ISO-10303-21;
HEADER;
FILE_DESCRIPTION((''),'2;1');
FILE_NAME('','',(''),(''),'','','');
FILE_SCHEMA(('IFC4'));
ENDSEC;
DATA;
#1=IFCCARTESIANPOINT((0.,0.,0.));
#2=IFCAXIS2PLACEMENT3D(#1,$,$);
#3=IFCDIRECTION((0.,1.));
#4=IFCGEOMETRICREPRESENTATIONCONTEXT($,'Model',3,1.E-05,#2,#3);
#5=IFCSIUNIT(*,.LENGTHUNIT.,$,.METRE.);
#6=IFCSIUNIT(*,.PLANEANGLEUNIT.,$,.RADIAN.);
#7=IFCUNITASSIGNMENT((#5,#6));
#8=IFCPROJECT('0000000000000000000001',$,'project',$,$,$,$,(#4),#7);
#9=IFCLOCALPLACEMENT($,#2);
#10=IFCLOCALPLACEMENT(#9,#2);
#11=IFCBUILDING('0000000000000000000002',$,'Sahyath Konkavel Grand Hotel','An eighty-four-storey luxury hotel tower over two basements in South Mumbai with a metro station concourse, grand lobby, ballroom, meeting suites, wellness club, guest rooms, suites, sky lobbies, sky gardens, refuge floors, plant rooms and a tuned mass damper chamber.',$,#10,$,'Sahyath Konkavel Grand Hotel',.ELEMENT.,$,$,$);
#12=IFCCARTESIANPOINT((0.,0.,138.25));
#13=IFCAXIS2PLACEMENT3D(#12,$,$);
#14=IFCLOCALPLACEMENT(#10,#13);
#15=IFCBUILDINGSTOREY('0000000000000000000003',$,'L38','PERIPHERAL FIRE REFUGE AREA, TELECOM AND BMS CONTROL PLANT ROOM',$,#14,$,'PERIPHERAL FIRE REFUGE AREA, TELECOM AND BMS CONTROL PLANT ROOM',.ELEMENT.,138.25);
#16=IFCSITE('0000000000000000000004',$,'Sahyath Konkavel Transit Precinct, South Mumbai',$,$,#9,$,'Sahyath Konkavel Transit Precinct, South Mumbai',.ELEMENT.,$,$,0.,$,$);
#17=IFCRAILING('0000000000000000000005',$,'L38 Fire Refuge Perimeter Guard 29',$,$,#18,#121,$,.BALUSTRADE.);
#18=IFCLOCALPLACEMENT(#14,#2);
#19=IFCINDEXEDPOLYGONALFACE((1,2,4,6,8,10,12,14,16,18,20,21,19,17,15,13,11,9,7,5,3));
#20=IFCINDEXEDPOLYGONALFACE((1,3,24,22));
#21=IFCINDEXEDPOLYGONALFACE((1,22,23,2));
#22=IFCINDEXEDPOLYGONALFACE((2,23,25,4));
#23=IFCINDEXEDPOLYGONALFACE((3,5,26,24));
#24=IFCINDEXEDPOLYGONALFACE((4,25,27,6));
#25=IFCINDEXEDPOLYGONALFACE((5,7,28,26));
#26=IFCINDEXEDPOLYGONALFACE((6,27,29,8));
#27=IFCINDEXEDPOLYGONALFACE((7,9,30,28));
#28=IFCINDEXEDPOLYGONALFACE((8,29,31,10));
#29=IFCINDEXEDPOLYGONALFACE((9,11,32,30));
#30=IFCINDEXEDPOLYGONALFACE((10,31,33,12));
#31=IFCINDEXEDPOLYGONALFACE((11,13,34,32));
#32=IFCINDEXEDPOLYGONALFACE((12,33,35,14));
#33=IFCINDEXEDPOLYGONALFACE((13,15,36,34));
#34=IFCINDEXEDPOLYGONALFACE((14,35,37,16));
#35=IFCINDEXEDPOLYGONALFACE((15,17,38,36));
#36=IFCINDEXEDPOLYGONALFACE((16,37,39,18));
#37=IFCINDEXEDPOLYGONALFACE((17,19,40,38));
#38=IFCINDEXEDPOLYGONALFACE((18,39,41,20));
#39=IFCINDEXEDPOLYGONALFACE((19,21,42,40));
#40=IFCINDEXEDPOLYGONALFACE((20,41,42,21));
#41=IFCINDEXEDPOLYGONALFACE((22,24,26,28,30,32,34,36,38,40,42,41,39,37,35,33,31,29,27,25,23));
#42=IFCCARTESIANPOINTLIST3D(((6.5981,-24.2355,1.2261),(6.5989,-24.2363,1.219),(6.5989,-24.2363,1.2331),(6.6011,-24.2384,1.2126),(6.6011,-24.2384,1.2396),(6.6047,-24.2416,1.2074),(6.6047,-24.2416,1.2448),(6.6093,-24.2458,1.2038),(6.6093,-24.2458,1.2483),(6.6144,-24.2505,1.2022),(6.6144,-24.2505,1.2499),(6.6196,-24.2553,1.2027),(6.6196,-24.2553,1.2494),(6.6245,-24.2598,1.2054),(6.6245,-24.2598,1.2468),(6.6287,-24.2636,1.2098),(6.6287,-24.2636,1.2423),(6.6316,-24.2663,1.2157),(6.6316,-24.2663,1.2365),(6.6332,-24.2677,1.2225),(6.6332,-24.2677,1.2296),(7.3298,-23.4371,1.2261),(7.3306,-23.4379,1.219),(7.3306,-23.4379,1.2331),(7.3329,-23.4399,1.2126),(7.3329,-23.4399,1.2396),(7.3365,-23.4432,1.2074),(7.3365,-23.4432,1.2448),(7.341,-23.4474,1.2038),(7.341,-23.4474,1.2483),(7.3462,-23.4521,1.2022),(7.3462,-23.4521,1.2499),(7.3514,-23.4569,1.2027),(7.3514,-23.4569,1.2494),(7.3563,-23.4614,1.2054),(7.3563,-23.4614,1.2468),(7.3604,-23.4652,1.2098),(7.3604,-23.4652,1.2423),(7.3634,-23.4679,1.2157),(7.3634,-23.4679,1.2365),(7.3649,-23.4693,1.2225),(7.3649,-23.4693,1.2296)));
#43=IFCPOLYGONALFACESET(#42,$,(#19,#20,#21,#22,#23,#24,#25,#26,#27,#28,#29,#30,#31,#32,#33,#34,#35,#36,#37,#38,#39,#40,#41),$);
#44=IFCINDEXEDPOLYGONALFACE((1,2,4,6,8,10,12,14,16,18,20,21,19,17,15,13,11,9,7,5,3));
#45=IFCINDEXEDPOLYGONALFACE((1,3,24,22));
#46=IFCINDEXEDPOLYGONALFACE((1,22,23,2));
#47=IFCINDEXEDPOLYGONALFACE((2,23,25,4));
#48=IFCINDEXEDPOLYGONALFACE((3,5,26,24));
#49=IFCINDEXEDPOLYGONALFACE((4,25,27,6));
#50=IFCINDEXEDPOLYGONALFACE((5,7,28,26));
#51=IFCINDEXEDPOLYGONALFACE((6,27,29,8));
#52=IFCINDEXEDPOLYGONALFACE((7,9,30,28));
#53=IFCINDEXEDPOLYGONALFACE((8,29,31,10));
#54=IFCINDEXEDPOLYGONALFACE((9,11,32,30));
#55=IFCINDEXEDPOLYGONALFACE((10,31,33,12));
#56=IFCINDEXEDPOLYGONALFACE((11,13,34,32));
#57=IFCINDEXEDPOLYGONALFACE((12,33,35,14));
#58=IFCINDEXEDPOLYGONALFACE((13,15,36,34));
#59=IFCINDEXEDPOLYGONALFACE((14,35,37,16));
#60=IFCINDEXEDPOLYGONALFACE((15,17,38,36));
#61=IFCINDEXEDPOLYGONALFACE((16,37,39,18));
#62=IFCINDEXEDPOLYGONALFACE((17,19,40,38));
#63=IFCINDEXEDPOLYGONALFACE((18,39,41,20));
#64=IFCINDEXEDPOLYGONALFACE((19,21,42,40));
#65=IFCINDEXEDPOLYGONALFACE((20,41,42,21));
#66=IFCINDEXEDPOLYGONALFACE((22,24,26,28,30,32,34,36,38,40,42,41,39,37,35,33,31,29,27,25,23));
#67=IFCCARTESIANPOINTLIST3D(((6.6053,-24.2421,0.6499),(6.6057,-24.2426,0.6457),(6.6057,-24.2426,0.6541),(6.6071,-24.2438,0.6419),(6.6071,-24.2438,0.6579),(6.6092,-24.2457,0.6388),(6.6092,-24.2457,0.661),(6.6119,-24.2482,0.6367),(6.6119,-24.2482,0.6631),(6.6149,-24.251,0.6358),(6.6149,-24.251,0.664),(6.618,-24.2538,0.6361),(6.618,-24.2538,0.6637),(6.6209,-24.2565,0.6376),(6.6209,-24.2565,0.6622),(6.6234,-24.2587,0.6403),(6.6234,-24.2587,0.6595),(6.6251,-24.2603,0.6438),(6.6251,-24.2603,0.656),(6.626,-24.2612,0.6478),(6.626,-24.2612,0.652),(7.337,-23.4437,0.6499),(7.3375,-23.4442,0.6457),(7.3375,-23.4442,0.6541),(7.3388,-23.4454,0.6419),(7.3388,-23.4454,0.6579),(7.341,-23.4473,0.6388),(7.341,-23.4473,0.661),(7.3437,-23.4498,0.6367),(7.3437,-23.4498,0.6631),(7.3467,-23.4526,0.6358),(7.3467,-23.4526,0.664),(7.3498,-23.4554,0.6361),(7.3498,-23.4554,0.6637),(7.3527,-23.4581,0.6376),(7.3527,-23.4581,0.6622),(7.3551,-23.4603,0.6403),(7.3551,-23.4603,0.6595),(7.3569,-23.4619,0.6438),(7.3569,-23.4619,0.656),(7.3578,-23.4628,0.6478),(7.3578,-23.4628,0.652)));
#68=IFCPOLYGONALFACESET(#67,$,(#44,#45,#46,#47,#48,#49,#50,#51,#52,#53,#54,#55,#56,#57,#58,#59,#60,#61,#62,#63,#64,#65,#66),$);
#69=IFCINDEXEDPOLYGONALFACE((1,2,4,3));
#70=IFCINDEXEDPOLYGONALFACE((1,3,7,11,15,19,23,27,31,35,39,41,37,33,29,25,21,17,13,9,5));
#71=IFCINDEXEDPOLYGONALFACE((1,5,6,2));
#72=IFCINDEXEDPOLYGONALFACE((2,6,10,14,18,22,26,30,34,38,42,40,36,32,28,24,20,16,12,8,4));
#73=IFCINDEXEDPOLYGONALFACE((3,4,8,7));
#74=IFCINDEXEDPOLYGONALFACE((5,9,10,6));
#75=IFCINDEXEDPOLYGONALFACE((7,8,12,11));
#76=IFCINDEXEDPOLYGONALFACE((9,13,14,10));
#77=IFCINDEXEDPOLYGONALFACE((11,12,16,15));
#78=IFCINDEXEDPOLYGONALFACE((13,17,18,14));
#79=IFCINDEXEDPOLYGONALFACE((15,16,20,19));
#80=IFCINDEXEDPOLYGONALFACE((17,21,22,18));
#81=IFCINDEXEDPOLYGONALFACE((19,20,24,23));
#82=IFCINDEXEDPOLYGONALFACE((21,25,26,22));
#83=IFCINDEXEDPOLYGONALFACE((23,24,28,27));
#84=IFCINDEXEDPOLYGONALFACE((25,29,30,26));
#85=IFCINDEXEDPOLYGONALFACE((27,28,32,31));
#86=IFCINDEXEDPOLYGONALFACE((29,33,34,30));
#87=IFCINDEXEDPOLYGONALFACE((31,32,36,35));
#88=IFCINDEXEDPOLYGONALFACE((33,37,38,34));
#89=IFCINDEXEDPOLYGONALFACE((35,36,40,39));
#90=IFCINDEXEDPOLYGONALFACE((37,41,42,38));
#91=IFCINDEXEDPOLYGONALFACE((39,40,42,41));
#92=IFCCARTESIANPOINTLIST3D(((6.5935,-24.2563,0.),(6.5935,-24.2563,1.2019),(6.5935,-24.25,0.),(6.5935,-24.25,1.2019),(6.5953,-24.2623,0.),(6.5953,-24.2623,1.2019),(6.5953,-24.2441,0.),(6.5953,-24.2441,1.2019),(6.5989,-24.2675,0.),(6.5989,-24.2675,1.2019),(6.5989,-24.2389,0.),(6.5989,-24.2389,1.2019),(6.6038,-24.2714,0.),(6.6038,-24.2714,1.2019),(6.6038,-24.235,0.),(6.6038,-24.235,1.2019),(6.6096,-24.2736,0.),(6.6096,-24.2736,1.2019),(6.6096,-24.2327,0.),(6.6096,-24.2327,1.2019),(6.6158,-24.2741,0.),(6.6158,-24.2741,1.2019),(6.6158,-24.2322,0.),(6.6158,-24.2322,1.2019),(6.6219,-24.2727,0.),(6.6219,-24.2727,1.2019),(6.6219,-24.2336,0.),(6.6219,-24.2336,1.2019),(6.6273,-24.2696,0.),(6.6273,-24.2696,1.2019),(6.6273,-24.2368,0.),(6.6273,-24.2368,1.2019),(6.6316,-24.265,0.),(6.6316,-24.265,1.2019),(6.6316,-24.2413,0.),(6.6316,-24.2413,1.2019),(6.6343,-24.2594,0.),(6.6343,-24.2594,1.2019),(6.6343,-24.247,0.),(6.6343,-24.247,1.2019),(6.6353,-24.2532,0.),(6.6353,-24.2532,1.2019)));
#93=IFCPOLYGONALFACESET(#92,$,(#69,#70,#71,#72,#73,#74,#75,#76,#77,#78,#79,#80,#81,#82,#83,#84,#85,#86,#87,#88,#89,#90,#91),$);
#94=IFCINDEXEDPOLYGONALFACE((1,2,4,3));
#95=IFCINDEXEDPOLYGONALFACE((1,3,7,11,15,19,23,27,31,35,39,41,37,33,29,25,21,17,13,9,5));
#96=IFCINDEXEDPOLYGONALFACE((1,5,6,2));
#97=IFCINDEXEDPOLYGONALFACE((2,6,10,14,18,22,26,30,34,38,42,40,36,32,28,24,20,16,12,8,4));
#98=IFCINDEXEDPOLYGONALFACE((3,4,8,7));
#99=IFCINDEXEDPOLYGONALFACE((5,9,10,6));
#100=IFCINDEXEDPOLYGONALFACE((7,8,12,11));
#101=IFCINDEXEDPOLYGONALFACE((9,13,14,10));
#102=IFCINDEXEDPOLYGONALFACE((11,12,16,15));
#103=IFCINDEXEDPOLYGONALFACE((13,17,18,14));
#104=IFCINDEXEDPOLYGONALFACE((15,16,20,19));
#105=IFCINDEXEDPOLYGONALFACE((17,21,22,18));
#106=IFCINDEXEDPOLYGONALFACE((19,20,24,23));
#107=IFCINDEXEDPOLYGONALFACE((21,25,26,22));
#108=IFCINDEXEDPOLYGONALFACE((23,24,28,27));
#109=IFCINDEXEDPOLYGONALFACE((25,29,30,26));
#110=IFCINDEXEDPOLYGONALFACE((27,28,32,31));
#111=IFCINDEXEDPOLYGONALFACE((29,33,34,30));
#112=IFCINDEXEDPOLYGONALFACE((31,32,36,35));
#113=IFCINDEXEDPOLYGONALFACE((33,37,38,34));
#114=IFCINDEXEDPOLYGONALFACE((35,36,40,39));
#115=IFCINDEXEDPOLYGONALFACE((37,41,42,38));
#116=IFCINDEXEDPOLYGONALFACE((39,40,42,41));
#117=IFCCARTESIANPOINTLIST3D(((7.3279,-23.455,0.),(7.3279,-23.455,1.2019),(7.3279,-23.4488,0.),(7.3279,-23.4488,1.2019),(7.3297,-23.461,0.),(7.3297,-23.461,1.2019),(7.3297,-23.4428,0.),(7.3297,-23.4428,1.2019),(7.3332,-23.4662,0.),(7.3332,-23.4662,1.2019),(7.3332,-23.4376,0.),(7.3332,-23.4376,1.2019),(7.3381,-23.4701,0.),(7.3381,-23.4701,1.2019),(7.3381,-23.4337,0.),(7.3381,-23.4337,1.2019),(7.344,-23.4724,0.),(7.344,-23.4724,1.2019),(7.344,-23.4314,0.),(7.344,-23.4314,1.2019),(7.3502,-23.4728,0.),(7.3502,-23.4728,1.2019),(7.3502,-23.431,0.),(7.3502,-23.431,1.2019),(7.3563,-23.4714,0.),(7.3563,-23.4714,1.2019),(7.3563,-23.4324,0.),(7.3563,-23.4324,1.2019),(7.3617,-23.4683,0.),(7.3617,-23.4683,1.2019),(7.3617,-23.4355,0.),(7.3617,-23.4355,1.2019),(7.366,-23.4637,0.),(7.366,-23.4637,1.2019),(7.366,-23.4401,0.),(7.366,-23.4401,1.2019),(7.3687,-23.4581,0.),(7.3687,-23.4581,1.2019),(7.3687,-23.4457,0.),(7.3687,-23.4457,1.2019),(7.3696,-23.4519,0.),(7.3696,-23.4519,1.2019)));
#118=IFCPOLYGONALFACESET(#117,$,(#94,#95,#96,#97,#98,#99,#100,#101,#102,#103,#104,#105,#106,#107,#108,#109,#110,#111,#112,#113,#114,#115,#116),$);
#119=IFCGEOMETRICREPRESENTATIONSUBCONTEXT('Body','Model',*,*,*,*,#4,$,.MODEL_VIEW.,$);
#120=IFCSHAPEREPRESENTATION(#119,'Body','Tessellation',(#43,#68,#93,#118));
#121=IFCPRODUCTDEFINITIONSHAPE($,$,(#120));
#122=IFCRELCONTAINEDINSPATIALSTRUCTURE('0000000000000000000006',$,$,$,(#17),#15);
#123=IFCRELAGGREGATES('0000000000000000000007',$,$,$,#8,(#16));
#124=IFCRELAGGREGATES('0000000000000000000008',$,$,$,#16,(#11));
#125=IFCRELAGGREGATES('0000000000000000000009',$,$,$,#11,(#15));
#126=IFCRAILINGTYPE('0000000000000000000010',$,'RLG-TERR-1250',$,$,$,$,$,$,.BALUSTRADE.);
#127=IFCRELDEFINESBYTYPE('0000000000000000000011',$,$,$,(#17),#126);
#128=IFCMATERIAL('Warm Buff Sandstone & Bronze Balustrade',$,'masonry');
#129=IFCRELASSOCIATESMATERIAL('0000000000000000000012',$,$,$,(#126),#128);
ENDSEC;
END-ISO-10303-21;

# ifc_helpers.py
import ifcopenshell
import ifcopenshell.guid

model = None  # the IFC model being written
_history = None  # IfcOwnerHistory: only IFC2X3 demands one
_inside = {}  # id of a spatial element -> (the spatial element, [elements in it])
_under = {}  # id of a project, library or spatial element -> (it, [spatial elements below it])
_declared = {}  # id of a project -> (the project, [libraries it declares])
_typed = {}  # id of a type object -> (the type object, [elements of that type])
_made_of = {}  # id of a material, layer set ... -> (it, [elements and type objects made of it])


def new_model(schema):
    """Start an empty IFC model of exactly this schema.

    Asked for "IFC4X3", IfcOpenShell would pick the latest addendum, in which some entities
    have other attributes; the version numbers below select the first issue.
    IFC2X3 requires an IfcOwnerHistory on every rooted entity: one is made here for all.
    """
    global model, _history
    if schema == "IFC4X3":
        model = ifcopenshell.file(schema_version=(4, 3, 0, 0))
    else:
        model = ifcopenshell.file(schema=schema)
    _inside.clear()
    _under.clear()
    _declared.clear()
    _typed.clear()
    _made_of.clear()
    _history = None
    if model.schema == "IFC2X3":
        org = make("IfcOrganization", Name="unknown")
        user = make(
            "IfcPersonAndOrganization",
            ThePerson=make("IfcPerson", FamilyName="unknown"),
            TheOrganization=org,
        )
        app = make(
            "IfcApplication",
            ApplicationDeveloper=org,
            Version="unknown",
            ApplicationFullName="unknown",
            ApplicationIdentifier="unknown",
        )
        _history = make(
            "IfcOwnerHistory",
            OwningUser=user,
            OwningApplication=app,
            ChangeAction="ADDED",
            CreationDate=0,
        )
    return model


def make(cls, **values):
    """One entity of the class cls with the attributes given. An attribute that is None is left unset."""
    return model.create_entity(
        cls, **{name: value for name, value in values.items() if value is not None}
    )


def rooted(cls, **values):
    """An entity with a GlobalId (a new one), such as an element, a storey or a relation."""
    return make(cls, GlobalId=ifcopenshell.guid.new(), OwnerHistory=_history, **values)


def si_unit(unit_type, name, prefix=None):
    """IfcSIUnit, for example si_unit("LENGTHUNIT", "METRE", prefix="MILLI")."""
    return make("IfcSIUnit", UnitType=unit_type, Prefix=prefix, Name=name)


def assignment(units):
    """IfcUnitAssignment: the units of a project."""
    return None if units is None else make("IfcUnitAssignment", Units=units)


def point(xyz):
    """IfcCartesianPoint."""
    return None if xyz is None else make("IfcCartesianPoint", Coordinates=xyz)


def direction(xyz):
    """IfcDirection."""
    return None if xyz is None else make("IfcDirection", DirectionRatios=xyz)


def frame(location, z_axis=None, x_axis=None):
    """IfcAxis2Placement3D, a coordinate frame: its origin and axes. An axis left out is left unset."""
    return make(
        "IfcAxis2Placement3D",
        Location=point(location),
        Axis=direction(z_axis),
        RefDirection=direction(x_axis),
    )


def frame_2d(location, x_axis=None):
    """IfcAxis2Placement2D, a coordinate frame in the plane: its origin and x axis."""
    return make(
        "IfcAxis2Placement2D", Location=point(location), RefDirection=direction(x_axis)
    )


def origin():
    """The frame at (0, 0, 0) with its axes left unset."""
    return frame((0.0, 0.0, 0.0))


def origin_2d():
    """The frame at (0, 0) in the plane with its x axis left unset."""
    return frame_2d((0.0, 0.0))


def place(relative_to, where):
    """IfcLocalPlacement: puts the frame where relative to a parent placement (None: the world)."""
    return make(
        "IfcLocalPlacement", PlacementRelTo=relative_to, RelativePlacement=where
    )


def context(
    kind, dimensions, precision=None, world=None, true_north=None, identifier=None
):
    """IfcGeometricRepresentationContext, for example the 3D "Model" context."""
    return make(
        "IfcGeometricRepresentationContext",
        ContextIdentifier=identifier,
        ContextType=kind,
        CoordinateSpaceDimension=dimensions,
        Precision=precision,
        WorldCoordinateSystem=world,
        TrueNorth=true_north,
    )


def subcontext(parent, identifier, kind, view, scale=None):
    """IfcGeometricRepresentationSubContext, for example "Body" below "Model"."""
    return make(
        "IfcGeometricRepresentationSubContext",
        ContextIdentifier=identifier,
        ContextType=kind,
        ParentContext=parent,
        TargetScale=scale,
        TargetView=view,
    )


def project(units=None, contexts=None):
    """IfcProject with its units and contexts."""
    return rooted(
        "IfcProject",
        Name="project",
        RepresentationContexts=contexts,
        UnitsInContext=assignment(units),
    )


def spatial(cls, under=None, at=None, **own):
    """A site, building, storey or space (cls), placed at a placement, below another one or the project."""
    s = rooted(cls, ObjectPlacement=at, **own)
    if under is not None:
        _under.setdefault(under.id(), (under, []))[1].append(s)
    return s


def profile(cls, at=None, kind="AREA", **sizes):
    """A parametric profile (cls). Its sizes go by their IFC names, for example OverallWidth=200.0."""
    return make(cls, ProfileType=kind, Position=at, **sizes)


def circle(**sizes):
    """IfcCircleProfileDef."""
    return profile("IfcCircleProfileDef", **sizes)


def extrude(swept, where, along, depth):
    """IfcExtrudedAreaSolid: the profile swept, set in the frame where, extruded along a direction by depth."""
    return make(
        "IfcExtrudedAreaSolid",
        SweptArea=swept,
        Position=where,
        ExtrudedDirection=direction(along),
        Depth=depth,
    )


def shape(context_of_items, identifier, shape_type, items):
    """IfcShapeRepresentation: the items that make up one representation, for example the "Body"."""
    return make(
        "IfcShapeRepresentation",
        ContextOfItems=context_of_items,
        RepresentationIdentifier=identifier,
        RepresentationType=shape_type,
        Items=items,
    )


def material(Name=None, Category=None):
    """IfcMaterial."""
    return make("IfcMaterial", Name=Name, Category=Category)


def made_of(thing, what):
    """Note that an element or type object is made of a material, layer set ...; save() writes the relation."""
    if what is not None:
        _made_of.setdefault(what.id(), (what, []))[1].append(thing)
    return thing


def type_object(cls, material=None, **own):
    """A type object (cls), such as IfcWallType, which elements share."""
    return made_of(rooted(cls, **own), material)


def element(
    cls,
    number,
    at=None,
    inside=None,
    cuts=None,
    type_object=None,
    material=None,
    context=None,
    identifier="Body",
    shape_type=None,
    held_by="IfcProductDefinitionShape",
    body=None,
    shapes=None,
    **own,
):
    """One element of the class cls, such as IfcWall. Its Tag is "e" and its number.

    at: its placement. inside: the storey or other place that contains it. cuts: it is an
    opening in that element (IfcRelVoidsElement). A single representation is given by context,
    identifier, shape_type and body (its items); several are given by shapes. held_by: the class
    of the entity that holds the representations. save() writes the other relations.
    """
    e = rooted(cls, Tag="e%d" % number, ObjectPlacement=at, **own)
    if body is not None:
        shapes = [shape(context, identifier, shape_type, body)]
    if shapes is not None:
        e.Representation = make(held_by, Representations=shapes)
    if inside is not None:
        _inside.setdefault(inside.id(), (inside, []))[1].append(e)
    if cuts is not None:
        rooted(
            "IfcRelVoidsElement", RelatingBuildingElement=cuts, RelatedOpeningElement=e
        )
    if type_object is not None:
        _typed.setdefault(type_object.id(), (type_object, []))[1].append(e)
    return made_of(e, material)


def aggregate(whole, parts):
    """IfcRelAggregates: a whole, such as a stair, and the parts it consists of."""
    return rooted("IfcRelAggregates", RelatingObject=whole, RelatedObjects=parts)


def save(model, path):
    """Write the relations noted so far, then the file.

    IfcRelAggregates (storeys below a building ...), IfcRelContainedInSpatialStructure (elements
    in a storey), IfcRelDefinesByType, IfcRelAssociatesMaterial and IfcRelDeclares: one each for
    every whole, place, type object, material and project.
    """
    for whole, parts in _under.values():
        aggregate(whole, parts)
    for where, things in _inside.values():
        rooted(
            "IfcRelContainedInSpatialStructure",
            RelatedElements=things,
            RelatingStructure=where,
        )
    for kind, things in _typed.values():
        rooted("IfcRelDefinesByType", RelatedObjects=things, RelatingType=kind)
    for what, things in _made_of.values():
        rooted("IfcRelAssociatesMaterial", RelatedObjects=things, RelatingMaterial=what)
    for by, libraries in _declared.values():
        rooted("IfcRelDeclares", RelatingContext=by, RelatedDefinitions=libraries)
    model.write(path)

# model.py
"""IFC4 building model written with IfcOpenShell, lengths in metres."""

from ifc_helpers import new_model, si_unit, direction, frame, origin, origin_2d, place, context, subcontext, project, spatial, circle, extrude, material, type_object, element, save


model = new_model("IFC4")

# Units and contexts
model_context = context("Model", 3, precision=1e-05, world=origin(), true_north=direction((0.0, 1.0)))
body_context = subcontext(model_context, "Body", "Model", "MODEL_VIEW")
ifc_project = project(units=[si_unit("LENGTHUNIT", "METRE"), si_unit("PLANEANGLEUNIT", "RADIAN")], contexts=[model_context])

# Site, building, storey
site_placement = place(None, origin())
site = spatial("IfcSite", under=ifc_project, at=site_placement, Name="Sahyath Konkavel Transit Precinct, South Mumbai", LongName="Sahyath Konkavel Transit Precinct, South Mumbai", CompositionType="ELEMENT", RefElevation=0.0)
building_placement = place(site_placement, origin())
building = spatial("IfcBuilding", under=site, at=building_placement, Name="Sahyath Konkavel Grand Hotel", Description="An eighty-four-storey luxury hotel tower over two basements in South Mumbai with a metro station concourse, grand lobby, ballroom, meeting suites, wellness club, guest rooms, suites, sky lobbies, sky gardens, refuge floors, plant rooms and a tuned mass damper chamber.", LongName="Sahyath Konkavel Grand Hotel", CompositionType="ELEMENT")
storey_placement = place(building_placement, frame((0.0, 0.0, 138.25)))
storey = spatial("IfcBuildingStorey", under=building, at=storey_placement, Name="L38", Description="PERIPHERAL FIRE REFUGE AREA, TELECOM AND BMS CONTROL PLANT ROOM", LongName="PERIPHERAL FIRE REFUGE AREA, TELECOM AND BMS CONTROL PLANT ROOM", CompositionType="ELEMENT", Elevation=138.25)

# Railing
ifc_material_1 = material(Name="Warm Buff Sandstone & Bronze Balustrade", Category="masonry")
railing_type = type_object("IfcRailingType", Name="RLG-TERR-1250", PredefinedType="BALUSTRADE", material=ifc_material_1)
railing_1_placement = place(storey_placement, frame((6.6143, -24.2532, 0.0)))
element("IfcRailing", 1, at=railing_1_placement, inside=storey, type_object=railing_type, Name="L38 Fire Refuge Perimeter Guard 29", PredefinedType="BALUSTRADE", context=body_context, shape_type="SweptSolid", body=[
    extrude(circle(Radius=0.0239, at=origin_2d()), frame((0.0015, 0.0015, 1.2261), z_axis=(0.675664, 0.73721, 0.0), x_axis=(-0.73721, 0.675664, 0.0)), (0.0, 0.0, 1.0), 1.083),
    extrude(circle(Radius=0.0142, at=origin_2d()), frame((0.0015, 0.0015, 0.6499), z_axis=(0.675664, 0.73721, 0.0), x_axis=(-0.73721, 0.675664, 0.0)), (0.0, 0.0, 1.0), 1.083),
    extrude(circle(Radius=0.021, at=origin_2d()), origin(), (0.0, 0.0, 1.0), 1.2019),
    extrude(circle(Radius=0.021, at=origin_2d()), frame((0.7344, 0.8013, 0.0)), (0.0, 0.0, 1.0), 1.2019),
])

save(model, "model.ifc")
